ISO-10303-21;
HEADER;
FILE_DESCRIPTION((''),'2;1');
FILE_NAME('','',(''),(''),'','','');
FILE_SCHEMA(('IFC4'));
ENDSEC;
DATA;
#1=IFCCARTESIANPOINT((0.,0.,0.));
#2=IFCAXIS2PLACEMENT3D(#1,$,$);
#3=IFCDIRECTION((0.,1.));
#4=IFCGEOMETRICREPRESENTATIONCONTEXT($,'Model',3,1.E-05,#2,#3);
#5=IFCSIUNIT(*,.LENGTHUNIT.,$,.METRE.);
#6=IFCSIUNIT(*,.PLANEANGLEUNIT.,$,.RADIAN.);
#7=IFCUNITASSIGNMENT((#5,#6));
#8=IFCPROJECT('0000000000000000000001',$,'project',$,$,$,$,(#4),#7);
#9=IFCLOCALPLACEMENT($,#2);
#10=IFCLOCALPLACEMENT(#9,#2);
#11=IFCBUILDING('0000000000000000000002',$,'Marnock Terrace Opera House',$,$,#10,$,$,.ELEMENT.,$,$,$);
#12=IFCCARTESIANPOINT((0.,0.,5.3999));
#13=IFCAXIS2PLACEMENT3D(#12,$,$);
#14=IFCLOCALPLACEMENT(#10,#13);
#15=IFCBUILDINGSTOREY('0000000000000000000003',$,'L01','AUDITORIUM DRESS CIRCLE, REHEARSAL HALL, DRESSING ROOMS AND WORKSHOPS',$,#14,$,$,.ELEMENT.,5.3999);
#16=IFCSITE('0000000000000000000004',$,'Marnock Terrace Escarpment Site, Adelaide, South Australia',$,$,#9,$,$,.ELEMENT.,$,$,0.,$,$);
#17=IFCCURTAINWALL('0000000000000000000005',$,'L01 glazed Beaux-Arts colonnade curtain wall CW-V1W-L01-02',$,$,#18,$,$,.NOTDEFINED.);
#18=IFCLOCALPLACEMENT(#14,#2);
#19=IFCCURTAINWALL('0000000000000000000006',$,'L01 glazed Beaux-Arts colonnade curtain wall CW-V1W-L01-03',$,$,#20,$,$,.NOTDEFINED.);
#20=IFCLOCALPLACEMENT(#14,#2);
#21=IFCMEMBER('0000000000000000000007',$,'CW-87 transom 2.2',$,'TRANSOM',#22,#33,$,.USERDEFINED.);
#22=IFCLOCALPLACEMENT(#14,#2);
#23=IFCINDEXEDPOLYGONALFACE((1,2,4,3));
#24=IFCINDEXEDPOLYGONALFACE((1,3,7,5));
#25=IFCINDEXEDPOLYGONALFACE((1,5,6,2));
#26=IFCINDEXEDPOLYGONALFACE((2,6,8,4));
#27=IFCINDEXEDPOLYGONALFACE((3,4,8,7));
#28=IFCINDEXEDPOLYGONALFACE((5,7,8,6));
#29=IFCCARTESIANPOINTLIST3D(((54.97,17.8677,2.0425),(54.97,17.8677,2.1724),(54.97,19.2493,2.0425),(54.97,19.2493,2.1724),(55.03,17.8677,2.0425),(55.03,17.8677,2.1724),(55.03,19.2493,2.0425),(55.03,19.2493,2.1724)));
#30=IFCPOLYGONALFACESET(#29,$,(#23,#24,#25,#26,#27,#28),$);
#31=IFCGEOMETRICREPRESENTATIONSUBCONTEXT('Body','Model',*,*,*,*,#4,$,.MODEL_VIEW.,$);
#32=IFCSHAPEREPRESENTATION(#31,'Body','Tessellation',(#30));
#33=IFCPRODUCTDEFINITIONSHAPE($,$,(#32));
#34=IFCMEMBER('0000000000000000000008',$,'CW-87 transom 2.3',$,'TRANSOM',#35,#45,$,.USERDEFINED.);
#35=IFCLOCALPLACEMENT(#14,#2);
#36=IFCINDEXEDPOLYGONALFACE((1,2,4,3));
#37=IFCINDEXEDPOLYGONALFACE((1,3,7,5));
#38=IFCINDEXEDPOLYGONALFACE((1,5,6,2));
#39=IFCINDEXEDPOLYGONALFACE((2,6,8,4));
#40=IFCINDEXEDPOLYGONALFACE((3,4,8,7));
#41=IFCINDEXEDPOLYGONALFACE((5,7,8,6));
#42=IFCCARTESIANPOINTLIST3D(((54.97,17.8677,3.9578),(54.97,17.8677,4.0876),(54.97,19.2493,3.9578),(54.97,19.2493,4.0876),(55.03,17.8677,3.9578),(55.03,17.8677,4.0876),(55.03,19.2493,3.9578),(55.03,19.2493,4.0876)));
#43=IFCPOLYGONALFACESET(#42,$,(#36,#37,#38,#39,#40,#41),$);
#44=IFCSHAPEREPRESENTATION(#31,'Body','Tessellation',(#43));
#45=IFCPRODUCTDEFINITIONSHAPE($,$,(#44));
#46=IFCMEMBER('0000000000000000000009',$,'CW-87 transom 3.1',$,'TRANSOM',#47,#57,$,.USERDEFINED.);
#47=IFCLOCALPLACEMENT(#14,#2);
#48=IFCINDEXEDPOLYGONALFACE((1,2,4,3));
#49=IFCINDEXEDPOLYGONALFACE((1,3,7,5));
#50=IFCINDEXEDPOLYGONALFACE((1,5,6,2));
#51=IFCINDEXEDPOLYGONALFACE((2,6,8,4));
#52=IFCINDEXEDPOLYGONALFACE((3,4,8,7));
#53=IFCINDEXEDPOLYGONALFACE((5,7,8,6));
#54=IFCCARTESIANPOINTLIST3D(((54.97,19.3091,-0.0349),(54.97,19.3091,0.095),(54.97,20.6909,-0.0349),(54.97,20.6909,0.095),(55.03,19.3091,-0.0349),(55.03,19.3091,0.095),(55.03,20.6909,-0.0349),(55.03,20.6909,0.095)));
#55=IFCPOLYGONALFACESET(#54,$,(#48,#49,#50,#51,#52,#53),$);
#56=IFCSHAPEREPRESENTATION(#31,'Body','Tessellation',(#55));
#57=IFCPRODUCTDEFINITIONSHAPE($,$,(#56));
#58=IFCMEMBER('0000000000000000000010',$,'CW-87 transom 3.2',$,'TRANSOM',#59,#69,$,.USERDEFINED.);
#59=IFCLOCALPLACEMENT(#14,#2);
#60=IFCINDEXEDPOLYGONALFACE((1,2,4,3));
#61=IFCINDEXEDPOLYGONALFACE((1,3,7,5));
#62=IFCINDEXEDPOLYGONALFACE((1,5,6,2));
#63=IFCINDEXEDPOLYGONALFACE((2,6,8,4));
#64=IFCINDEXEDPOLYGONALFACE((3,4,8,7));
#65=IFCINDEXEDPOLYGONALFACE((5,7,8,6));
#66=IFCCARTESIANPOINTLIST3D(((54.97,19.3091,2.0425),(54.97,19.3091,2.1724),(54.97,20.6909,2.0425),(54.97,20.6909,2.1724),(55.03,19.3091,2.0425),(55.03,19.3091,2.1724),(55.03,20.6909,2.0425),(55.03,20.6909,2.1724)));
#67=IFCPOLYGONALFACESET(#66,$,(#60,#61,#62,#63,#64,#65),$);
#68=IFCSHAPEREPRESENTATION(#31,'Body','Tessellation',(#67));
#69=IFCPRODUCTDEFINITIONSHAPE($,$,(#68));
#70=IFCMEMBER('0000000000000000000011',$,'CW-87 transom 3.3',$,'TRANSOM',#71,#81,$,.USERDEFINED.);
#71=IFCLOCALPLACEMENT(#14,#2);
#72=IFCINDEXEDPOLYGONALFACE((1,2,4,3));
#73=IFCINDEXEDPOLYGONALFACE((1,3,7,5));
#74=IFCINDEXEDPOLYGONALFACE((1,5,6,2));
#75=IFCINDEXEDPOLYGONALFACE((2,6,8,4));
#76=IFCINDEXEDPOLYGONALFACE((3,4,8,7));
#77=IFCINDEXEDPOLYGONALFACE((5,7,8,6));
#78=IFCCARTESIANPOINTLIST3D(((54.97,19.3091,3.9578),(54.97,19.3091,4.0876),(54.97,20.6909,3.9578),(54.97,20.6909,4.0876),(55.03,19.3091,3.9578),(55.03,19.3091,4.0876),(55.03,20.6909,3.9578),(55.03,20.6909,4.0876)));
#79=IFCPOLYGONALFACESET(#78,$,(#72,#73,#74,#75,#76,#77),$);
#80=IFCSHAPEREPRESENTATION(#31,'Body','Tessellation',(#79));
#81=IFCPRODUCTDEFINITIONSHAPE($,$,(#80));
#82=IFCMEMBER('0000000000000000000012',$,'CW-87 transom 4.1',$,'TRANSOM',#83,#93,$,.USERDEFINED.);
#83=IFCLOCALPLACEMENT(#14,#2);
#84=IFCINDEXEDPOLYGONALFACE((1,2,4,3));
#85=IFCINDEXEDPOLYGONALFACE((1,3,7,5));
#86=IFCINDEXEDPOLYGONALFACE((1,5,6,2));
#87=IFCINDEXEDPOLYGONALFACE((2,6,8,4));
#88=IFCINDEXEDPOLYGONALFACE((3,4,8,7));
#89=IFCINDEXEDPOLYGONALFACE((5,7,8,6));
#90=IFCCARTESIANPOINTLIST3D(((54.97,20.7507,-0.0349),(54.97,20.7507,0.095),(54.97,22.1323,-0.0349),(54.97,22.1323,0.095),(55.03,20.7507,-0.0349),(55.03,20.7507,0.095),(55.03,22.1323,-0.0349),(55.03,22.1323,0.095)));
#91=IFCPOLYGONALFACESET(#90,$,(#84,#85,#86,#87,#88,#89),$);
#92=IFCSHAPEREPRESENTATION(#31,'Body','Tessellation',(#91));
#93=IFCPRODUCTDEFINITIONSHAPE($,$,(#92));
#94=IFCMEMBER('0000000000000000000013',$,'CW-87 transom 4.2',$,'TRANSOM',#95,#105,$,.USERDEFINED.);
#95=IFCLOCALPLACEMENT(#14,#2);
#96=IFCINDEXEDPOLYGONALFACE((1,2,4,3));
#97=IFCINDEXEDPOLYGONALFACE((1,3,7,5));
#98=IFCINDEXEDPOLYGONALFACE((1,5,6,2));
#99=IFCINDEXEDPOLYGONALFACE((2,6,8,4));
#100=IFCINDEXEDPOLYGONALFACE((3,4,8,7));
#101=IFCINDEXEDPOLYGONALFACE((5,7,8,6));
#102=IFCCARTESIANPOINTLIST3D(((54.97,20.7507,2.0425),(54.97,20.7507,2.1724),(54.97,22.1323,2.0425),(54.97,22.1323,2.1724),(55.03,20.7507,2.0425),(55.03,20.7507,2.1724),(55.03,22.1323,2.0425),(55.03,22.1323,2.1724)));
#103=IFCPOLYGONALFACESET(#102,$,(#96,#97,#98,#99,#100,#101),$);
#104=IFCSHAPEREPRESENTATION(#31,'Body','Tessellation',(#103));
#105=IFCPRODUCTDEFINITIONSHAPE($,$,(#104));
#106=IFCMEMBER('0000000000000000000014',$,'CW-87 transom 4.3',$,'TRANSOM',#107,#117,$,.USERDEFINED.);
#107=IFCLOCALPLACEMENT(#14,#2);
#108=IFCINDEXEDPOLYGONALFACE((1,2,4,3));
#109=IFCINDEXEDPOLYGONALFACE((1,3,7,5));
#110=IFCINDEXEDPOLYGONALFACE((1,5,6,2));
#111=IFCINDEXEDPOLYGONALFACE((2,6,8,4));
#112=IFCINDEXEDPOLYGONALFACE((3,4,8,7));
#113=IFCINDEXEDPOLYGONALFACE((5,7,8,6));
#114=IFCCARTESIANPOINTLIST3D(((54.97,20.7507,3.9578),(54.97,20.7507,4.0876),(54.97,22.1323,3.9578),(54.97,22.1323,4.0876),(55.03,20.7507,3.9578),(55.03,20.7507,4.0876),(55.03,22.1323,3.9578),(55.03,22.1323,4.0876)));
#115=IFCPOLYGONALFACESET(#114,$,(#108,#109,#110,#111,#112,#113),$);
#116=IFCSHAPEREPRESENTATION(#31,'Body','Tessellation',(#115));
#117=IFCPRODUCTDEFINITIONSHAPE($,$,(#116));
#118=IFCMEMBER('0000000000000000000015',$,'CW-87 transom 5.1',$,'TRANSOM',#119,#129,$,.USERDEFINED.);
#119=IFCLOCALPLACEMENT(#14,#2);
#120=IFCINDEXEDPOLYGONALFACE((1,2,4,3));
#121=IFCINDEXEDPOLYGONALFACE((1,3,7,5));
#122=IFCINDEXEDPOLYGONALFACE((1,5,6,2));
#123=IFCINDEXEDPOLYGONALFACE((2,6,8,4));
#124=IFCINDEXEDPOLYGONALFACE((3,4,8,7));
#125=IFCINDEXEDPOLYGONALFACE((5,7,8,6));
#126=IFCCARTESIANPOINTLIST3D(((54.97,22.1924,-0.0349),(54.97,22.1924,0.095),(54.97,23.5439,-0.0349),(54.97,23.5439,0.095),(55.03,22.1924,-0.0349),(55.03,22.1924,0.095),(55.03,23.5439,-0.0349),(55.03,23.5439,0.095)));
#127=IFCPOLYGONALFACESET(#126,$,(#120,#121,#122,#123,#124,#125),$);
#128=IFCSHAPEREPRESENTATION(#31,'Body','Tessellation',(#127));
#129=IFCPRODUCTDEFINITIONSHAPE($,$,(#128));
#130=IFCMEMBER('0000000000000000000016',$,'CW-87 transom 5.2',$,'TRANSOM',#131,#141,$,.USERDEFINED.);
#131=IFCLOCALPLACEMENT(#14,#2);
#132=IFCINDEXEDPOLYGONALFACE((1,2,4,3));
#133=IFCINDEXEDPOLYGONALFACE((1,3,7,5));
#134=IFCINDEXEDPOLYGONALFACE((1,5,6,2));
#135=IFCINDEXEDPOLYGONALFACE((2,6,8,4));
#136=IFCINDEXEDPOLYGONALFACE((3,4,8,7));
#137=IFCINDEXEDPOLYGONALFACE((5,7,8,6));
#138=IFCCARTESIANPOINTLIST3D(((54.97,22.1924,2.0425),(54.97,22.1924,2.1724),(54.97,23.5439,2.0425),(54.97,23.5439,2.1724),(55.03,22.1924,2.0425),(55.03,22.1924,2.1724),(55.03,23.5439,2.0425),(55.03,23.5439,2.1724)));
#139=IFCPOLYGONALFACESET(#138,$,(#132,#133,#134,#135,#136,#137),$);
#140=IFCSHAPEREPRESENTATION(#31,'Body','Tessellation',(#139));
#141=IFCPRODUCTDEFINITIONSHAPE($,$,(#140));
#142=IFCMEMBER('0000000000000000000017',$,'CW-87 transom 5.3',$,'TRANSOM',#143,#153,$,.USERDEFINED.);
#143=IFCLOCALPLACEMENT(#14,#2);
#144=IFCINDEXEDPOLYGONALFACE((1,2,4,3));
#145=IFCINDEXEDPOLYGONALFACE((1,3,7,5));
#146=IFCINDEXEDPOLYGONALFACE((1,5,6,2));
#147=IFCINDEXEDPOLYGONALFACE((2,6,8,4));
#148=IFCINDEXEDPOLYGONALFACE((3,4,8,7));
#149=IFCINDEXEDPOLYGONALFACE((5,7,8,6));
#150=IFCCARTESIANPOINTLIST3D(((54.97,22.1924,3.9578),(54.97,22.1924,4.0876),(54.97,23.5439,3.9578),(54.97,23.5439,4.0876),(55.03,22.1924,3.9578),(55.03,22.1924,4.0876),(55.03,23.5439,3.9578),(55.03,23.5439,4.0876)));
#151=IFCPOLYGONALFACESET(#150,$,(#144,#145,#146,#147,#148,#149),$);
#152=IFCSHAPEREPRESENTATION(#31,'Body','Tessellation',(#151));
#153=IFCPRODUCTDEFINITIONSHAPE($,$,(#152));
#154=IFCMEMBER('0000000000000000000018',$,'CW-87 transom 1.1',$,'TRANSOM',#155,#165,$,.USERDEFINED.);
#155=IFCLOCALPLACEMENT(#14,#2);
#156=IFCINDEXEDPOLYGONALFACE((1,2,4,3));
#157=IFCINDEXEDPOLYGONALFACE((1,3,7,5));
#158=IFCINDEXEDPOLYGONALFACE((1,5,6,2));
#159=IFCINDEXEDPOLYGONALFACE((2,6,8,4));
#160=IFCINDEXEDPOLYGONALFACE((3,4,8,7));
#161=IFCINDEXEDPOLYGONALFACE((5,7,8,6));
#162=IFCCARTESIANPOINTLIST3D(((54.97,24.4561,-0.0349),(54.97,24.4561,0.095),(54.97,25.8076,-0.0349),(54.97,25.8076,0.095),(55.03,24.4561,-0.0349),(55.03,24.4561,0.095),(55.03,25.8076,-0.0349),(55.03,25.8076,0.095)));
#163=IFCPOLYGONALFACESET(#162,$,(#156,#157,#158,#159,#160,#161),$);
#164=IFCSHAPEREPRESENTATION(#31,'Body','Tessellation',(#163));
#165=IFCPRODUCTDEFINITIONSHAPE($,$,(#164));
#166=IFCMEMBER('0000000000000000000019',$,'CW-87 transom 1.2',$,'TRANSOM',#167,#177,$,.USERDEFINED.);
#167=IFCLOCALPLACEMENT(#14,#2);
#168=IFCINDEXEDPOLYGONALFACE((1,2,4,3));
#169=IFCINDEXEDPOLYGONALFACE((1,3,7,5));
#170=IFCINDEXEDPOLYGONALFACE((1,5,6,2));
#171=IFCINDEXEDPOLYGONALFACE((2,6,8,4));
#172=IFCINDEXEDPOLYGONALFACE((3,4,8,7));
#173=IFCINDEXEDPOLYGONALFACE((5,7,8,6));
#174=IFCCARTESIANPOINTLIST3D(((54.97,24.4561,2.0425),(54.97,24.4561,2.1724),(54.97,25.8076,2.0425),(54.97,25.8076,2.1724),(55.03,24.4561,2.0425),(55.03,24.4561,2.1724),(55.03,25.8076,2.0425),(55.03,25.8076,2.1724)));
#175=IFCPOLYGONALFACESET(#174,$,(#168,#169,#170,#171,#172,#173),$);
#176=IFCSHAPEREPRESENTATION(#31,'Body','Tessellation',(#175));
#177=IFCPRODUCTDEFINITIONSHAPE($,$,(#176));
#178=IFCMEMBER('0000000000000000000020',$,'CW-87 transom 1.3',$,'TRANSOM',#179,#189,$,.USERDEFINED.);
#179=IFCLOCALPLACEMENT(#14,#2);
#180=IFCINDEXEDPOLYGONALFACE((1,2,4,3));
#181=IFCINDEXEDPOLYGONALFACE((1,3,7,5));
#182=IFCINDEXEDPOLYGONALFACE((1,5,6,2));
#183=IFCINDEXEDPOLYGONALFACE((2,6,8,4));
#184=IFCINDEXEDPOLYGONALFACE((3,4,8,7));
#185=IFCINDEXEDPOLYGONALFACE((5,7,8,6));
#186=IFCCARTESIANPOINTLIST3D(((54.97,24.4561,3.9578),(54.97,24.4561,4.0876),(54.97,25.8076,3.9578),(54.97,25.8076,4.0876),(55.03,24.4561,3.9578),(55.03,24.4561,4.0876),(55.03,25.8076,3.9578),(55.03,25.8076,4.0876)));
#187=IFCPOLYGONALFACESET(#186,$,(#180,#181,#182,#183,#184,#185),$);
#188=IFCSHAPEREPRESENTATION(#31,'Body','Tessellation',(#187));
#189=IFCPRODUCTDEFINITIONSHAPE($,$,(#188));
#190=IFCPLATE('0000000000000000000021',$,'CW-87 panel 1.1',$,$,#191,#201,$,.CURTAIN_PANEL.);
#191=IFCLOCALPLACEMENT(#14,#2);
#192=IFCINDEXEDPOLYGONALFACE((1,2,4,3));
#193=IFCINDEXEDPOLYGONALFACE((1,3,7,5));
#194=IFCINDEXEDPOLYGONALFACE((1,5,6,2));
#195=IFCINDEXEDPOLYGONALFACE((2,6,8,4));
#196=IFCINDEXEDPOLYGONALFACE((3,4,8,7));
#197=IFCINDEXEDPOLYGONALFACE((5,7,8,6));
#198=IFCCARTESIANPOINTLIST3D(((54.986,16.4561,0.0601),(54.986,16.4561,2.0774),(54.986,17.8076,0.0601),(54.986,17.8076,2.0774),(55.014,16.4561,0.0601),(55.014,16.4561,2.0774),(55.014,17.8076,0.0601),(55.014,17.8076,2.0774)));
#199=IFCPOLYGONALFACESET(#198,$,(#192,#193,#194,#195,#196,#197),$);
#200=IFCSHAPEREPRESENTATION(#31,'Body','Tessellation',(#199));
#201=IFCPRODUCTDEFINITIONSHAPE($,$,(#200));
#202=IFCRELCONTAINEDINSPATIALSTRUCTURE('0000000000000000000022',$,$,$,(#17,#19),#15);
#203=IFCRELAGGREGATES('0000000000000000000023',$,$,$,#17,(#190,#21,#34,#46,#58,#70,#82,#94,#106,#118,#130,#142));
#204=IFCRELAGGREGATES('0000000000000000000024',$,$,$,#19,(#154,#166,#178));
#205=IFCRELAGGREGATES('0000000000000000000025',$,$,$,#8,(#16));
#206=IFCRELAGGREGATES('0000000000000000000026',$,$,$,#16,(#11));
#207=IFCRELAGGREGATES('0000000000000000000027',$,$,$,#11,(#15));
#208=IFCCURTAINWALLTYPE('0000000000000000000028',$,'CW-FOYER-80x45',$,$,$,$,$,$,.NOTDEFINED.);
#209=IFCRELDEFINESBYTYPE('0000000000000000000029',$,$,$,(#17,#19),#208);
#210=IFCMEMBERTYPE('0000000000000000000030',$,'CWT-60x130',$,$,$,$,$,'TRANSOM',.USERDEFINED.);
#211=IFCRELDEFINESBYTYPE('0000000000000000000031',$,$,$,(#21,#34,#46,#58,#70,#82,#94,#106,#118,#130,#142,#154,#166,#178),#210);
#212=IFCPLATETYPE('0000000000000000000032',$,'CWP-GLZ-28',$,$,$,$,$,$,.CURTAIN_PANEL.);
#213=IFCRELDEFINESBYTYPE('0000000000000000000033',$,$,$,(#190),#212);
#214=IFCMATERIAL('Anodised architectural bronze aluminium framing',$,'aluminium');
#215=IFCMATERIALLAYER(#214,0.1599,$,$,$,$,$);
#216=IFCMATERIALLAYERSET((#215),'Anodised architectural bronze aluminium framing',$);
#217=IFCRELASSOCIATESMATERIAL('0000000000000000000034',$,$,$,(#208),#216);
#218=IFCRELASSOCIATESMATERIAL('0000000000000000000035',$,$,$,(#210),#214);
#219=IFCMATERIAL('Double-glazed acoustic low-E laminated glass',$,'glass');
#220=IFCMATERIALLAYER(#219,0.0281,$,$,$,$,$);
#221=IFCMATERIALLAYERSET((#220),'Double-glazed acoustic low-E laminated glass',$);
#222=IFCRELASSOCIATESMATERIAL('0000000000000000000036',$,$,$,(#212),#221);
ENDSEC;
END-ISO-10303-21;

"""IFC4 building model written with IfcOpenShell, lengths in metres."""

from ifc_helpers import new_model, si_unit, direction, frame, origin, origin_2d, place, context, subcontext, project, spatial, rectangle, extrude, material, layer, layer_set, material_profile, profile_set, type_object, element, aggregate, save


model = new_model("IFC4")

# Units and contexts
model_context = context("Model", 3, precision=1e-05, world=origin(), true_north=direction((0.0, 1.0)))
body_context = subcontext(model_context, "Body", "Model", "MODEL_VIEW")
ifc_project = project(units=[si_unit("LENGTHUNIT", "METRE"), si_unit("PLANEANGLEUNIT", "RADIAN")], contexts=[model_context])

# Site, building, storey
site_placement = place(None, origin())
site = spatial("IfcSite", under=ifc_project, at=site_placement, Name="Marnock Terrace Escarpment Site, Adelaide, South Australia", CompositionType="ELEMENT", RefElevation=0.0)
building_placement = place(site_placement, origin())
building = spatial("IfcBuilding", under=site, at=building_placement, Name="Marnock Terrace Opera House", CompositionType="ELEMENT")
storey_placement = place(building_placement, frame((0.0, 0.0, 5.3999)))
storey = spatial("IfcBuildingStorey", under=building, at=storey_placement, Name="L01", Description="AUDITORIUM DRESS CIRCLE, REHEARSAL HALL, DRESSING ROOMS AND WORKSHOPS", CompositionType="ELEMENT", Elevation=5.3999)

# Curtain wall
ifc_material_1 = material(Name="Anodised architectural bronze aluminium framing", Category="aluminium")
ifc_layer_1 = layer(ifc_material_1, 0.1599)
ifc_layer_set_1 = layer_set([ifc_layer_1], Name="Anodised architectural bronze aluminium framing")
curtain_wall_type = type_object("IfcCurtainWallType", Name="CW-FOYER-80x45", PredefinedType="NOTDEFINED", material=ifc_layer_set_1)
curtain_wall_1_placement = place(storey_placement, origin())
curtain_wall_1 = element("IfcCurtainWall", 1, at=curtain_wall_1_placement, inside=storey, type_object=curtain_wall_type, Name="L01 glazed Beaux-Arts colonnade curtain wall CW-V1W-L01-02", PredefinedType="NOTDEFINED")

# Curtain wall
curtain_wall_2_placement = place(storey_placement, origin())
curtain_wall_2 = element("IfcCurtainWall", 2, at=curtain_wall_2_placement, inside=storey, type_object=curtain_wall_type, Name="L01 glazed Beaux-Arts colonnade curtain wall CW-V1W-L01-03", PredefinedType="NOTDEFINED")

# Members
ifc_material_profile_1 = material_profile(ifc_material_1, rectangle(XDim=0.0601, YDim=0.1299, at=origin_2d()))
ifc_profile_set_1 = profile_set([ifc_material_profile_1], Name="Anodised architectural bronze aluminium framing")
member_type_1 = type_object("IfcMemberType", Name="CWT-60x130", ElementType="TRANSOM", PredefinedType="USERDEFINED", material=ifc_profile_set_1)
member_1_placement = place(storey_placement, frame((55.0, 17.8677, 2.1074), z_axis=(0.0, 1.0, 0.0), x_axis=(-1.0, 0.0, 0.0)))
member_1 = element("IfcMember", 3, at=member_1_placement, type_object=member_type_1, Name="CW-87 transom 2.2", ObjectType="TRANSOM", PredefinedType="USERDEFINED", context=body_context, shape_type="SweptSolid", body=[
    extrude(rectangle(XDim=0.0601, YDim=0.1299, at=origin_2d()), origin(), (0.0, 0.0, 1.0), 1.3816),
])
member_2_placement = place(storey_placement, frame((55.0, 17.8677, 4.0227), z_axis=(0.0, 1.0, 0.0), x_axis=(-1.0, 0.0, 0.0)))
member_2 = element("IfcMember", 4, at=member_2_placement, type_object=member_type_1, Name="CW-87 transom 2.3", ObjectType="TRANSOM", PredefinedType="USERDEFINED", context=body_context, shape_type="SweptSolid", body=[
    extrude(rectangle(XDim=0.0601, YDim=0.1299, at=origin_2d()), origin(), (0.0, 0.0, 1.0), 1.3816),
])
member_3_placement = place(storey_placement, frame((55.0, 19.3091, 0.03), z_axis=(0.0, 1.0, 0.0), x_axis=(-1.0, 0.0, 0.0)))
member_3 = element("IfcMember", 5, at=member_3_placement, type_object=member_type_1, Name="CW-87 transom 3.1", ObjectType="TRANSOM", PredefinedType="USERDEFINED", context=body_context, shape_type="SweptSolid", body=[
    extrude(rectangle(XDim=0.0601, YDim=0.1299, at=origin_2d()), origin(), (0.0, 0.0, 1.0), 1.3818),
])
member_4_placement = place(storey_placement, frame((55.0, 19.3091, 2.1074), z_axis=(0.0, 1.0, 0.0), x_axis=(-1.0, 0.0, 0.0)))
member_4 = element("IfcMember", 6, at=member_4_placement, type_object=member_type_1, Name="CW-87 transom 3.2", ObjectType="TRANSOM", PredefinedType="USERDEFINED", context=body_context, shape_type="SweptSolid", body=[
    extrude(rectangle(XDim=0.0601, YDim=0.1299, at=origin_2d()), origin(), (0.0, 0.0, 1.0), 1.3818),
])
member_5_placement = place(storey_placement, frame((55.0, 19.3091, 4.0227), z_axis=(0.0, 1.0, 0.0), x_axis=(-1.0, 0.0, 0.0)))
member_5 = element("IfcMember", 7, at=member_5_placement, type_object=member_type_1, Name="CW-87 transom 3.3", ObjectType="TRANSOM", PredefinedType="USERDEFINED", context=body_context, shape_type="SweptSolid", body=[
    extrude(rectangle(XDim=0.0601, YDim=0.1299, at=origin_2d()), origin(), (0.0, 0.0, 1.0), 1.3818),
])
member_6_placement = place(storey_placement, frame((55.0, 20.7507, 0.03), z_axis=(0.0, 1.0, 0.0), x_axis=(-1.0, 0.0, 0.0)))
member_6 = element("IfcMember", 8, at=member_6_placement, type_object=member_type_1, Name="CW-87 transom 4.1", ObjectType="TRANSOM", PredefinedType="USERDEFINED", context=body_context, shape_type="SweptSolid", body=[
    extrude(rectangle(XDim=0.0601, YDim=0.1299, at=origin_2d()), origin(), (0.0, 0.0, 1.0), 1.3816),
])
member_7_placement = place(storey_placement, frame((55.0, 20.7507, 2.1074), z_axis=(0.0, 1.0, 0.0), x_axis=(-1.0, 0.0, 0.0)))
member_7 = element("IfcMember", 9, at=member_7_placement, type_object=member_type_1, Name="CW-87 transom 4.2", ObjectType="TRANSOM", PredefinedType="USERDEFINED", context=body_context, shape_type="SweptSolid", body=[
    extrude(rectangle(XDim=0.0601, YDim=0.1299, at=origin_2d()), origin(), (0.0, 0.0, 1.0), 1.3816),
])
member_8_placement = place(storey_placement, frame((55.0, 20.7507, 4.0227), z_axis=(0.0, 1.0, 0.0), x_axis=(-1.0, 0.0, 0.0)))
member_8 = element("IfcMember", 10, at=member_8_placement, type_object=member_type_1, Name="CW-87 transom 4.3", ObjectType="TRANSOM", PredefinedType="USERDEFINED", context=body_context, shape_type="SweptSolid", body=[
    extrude(rectangle(XDim=0.0601, YDim=0.1299, at=origin_2d()), origin(), (0.0, 0.0, 1.0), 1.3816),
])
member_9_placement = place(storey_placement, frame((55.0, 22.1924, 0.03), z_axis=(0.0, 1.0, 0.0), x_axis=(-1.0, 0.0, 0.0)))
member_9 = element("IfcMember", 11, at=member_9_placement, type_object=member_type_1, Name="CW-87 transom 5.1", ObjectType="TRANSOM", PredefinedType="USERDEFINED", context=body_context, shape_type="SweptSolid", body=[
    extrude(rectangle(XDim=0.0601, YDim=0.1299, at=origin_2d()), origin(), (0.0, 0.0, 1.0), 1.3516),
])
member_10_placement = place(storey_placement, frame((55.0, 22.1924, 2.1074), z_axis=(0.0, 1.0, 0.0), x_axis=(-1.0, 0.0, 0.0)))
member_10 = element("IfcMember", 12, at=member_10_placement, type_object=member_type_1, Name="CW-87 transom 5.2", ObjectType="TRANSOM", PredefinedType="USERDEFINED", context=body_context, shape_type="SweptSolid", body=[
    extrude(rectangle(XDim=0.0601, YDim=0.1299, at=origin_2d()), origin(), (0.0, 0.0, 1.0), 1.3516),
])
member_11_placement = place(storey_placement, frame((55.0, 22.1924, 4.0227), z_axis=(0.0, 1.0, 0.0), x_axis=(-1.0, 0.0, 0.0)))
member_11 = element("IfcMember", 13, at=member_11_placement, type_object=member_type_1, Name="CW-87 transom 5.3", ObjectType="TRANSOM", PredefinedType="USERDEFINED", context=body_context, shape_type="SweptSolid", body=[
    extrude(rectangle(XDim=0.0601, YDim=0.1299, at=origin_2d()), origin(), (0.0, 0.0, 1.0), 1.3516),
])
member_12_placement = place(storey_placement, frame((55.0, 24.4561, 0.03), z_axis=(0.0, 1.0, 0.0), x_axis=(-1.0, 0.0, 0.0)))
member_12 = element("IfcMember", 14, at=member_12_placement, type_object=member_type_1, Name="CW-87 transom 1.1", ObjectType="TRANSOM", PredefinedType="USERDEFINED", context=body_context, shape_type="SweptSolid", body=[
    extrude(rectangle(XDim=0.0601, YDim=0.1299, at=origin_2d()), origin(), (0.0, 0.0, 1.0), 1.3516),
])
member_13_placement = place(storey_placement, frame((55.0, 24.4561, 2.1074), z_axis=(0.0, 1.0, 0.0), x_axis=(-1.0, 0.0, 0.0)))
member_13 = element("IfcMember", 15, at=member_13_placement, type_object=member_type_1, Name="CW-87 transom 1.2", ObjectType="TRANSOM", PredefinedType="USERDEFINED", context=body_context, shape_type="SweptSolid", body=[
    extrude(rectangle(XDim=0.0601, YDim=0.1299, at=origin_2d()), origin(), (0.0, 0.0, 1.0), 1.3516),
])
member_14_placement = place(storey_placement, frame((55.0, 24.4561, 4.0227), z_axis=(0.0, 1.0, 0.0), x_axis=(-1.0, 0.0, 0.0)))
member_14 = element("IfcMember", 16, at=member_14_placement, type_object=member_type_1, Name="CW-87 transom 1.3", ObjectType="TRANSOM", PredefinedType="USERDEFINED", context=body_context, shape_type="SweptSolid", body=[
    extrude(rectangle(XDim=0.0601, YDim=0.1299, at=origin_2d()), origin(), (0.0, 0.0, 1.0), 1.3516),
])

# Plate
ifc_material_2 = material(Name="Double-glazed acoustic low-E laminated glass", Category="glass")
ifc_layer_2 = layer(ifc_material_2, 0.0281)
ifc_layer_set_2 = layer_set([ifc_layer_2], Name="Double-glazed acoustic low-E laminated glass")
plate_type = type_object("IfcPlateType", Name="CWP-GLZ-28", PredefinedType="CURTAIN_PANEL", material=ifc_layer_set_2)
plate_1_placement = place(storey_placement, frame((55.0, 17.1318, 0.0601), z_axis=(0.0, 0.0, 1.0), x_axis=(0.0, 1.0, 0.0)))
plate_1 = element("IfcPlate", 17, at=plate_1_placement, type_object=plate_type, Name="CW-87 panel 1.1", PredefinedType="CURTAIN_PANEL", context=body_context, shape_type="SweptSolid", body=[
    extrude(rectangle(XDim=1.3516, YDim=0.0281, at=origin_2d()), origin(), (0.0, 0.0, 1.0), 2.0173),
])
aggregate(curtain_wall_1, [plate_1, member_1, member_2, member_3, member_4, member_5, member_6, member_7, member_8, member_9, member_10, member_11])
aggregate(curtain_wall_2, [member_12, member_13, member_14])

save(model, "model.ifc")
